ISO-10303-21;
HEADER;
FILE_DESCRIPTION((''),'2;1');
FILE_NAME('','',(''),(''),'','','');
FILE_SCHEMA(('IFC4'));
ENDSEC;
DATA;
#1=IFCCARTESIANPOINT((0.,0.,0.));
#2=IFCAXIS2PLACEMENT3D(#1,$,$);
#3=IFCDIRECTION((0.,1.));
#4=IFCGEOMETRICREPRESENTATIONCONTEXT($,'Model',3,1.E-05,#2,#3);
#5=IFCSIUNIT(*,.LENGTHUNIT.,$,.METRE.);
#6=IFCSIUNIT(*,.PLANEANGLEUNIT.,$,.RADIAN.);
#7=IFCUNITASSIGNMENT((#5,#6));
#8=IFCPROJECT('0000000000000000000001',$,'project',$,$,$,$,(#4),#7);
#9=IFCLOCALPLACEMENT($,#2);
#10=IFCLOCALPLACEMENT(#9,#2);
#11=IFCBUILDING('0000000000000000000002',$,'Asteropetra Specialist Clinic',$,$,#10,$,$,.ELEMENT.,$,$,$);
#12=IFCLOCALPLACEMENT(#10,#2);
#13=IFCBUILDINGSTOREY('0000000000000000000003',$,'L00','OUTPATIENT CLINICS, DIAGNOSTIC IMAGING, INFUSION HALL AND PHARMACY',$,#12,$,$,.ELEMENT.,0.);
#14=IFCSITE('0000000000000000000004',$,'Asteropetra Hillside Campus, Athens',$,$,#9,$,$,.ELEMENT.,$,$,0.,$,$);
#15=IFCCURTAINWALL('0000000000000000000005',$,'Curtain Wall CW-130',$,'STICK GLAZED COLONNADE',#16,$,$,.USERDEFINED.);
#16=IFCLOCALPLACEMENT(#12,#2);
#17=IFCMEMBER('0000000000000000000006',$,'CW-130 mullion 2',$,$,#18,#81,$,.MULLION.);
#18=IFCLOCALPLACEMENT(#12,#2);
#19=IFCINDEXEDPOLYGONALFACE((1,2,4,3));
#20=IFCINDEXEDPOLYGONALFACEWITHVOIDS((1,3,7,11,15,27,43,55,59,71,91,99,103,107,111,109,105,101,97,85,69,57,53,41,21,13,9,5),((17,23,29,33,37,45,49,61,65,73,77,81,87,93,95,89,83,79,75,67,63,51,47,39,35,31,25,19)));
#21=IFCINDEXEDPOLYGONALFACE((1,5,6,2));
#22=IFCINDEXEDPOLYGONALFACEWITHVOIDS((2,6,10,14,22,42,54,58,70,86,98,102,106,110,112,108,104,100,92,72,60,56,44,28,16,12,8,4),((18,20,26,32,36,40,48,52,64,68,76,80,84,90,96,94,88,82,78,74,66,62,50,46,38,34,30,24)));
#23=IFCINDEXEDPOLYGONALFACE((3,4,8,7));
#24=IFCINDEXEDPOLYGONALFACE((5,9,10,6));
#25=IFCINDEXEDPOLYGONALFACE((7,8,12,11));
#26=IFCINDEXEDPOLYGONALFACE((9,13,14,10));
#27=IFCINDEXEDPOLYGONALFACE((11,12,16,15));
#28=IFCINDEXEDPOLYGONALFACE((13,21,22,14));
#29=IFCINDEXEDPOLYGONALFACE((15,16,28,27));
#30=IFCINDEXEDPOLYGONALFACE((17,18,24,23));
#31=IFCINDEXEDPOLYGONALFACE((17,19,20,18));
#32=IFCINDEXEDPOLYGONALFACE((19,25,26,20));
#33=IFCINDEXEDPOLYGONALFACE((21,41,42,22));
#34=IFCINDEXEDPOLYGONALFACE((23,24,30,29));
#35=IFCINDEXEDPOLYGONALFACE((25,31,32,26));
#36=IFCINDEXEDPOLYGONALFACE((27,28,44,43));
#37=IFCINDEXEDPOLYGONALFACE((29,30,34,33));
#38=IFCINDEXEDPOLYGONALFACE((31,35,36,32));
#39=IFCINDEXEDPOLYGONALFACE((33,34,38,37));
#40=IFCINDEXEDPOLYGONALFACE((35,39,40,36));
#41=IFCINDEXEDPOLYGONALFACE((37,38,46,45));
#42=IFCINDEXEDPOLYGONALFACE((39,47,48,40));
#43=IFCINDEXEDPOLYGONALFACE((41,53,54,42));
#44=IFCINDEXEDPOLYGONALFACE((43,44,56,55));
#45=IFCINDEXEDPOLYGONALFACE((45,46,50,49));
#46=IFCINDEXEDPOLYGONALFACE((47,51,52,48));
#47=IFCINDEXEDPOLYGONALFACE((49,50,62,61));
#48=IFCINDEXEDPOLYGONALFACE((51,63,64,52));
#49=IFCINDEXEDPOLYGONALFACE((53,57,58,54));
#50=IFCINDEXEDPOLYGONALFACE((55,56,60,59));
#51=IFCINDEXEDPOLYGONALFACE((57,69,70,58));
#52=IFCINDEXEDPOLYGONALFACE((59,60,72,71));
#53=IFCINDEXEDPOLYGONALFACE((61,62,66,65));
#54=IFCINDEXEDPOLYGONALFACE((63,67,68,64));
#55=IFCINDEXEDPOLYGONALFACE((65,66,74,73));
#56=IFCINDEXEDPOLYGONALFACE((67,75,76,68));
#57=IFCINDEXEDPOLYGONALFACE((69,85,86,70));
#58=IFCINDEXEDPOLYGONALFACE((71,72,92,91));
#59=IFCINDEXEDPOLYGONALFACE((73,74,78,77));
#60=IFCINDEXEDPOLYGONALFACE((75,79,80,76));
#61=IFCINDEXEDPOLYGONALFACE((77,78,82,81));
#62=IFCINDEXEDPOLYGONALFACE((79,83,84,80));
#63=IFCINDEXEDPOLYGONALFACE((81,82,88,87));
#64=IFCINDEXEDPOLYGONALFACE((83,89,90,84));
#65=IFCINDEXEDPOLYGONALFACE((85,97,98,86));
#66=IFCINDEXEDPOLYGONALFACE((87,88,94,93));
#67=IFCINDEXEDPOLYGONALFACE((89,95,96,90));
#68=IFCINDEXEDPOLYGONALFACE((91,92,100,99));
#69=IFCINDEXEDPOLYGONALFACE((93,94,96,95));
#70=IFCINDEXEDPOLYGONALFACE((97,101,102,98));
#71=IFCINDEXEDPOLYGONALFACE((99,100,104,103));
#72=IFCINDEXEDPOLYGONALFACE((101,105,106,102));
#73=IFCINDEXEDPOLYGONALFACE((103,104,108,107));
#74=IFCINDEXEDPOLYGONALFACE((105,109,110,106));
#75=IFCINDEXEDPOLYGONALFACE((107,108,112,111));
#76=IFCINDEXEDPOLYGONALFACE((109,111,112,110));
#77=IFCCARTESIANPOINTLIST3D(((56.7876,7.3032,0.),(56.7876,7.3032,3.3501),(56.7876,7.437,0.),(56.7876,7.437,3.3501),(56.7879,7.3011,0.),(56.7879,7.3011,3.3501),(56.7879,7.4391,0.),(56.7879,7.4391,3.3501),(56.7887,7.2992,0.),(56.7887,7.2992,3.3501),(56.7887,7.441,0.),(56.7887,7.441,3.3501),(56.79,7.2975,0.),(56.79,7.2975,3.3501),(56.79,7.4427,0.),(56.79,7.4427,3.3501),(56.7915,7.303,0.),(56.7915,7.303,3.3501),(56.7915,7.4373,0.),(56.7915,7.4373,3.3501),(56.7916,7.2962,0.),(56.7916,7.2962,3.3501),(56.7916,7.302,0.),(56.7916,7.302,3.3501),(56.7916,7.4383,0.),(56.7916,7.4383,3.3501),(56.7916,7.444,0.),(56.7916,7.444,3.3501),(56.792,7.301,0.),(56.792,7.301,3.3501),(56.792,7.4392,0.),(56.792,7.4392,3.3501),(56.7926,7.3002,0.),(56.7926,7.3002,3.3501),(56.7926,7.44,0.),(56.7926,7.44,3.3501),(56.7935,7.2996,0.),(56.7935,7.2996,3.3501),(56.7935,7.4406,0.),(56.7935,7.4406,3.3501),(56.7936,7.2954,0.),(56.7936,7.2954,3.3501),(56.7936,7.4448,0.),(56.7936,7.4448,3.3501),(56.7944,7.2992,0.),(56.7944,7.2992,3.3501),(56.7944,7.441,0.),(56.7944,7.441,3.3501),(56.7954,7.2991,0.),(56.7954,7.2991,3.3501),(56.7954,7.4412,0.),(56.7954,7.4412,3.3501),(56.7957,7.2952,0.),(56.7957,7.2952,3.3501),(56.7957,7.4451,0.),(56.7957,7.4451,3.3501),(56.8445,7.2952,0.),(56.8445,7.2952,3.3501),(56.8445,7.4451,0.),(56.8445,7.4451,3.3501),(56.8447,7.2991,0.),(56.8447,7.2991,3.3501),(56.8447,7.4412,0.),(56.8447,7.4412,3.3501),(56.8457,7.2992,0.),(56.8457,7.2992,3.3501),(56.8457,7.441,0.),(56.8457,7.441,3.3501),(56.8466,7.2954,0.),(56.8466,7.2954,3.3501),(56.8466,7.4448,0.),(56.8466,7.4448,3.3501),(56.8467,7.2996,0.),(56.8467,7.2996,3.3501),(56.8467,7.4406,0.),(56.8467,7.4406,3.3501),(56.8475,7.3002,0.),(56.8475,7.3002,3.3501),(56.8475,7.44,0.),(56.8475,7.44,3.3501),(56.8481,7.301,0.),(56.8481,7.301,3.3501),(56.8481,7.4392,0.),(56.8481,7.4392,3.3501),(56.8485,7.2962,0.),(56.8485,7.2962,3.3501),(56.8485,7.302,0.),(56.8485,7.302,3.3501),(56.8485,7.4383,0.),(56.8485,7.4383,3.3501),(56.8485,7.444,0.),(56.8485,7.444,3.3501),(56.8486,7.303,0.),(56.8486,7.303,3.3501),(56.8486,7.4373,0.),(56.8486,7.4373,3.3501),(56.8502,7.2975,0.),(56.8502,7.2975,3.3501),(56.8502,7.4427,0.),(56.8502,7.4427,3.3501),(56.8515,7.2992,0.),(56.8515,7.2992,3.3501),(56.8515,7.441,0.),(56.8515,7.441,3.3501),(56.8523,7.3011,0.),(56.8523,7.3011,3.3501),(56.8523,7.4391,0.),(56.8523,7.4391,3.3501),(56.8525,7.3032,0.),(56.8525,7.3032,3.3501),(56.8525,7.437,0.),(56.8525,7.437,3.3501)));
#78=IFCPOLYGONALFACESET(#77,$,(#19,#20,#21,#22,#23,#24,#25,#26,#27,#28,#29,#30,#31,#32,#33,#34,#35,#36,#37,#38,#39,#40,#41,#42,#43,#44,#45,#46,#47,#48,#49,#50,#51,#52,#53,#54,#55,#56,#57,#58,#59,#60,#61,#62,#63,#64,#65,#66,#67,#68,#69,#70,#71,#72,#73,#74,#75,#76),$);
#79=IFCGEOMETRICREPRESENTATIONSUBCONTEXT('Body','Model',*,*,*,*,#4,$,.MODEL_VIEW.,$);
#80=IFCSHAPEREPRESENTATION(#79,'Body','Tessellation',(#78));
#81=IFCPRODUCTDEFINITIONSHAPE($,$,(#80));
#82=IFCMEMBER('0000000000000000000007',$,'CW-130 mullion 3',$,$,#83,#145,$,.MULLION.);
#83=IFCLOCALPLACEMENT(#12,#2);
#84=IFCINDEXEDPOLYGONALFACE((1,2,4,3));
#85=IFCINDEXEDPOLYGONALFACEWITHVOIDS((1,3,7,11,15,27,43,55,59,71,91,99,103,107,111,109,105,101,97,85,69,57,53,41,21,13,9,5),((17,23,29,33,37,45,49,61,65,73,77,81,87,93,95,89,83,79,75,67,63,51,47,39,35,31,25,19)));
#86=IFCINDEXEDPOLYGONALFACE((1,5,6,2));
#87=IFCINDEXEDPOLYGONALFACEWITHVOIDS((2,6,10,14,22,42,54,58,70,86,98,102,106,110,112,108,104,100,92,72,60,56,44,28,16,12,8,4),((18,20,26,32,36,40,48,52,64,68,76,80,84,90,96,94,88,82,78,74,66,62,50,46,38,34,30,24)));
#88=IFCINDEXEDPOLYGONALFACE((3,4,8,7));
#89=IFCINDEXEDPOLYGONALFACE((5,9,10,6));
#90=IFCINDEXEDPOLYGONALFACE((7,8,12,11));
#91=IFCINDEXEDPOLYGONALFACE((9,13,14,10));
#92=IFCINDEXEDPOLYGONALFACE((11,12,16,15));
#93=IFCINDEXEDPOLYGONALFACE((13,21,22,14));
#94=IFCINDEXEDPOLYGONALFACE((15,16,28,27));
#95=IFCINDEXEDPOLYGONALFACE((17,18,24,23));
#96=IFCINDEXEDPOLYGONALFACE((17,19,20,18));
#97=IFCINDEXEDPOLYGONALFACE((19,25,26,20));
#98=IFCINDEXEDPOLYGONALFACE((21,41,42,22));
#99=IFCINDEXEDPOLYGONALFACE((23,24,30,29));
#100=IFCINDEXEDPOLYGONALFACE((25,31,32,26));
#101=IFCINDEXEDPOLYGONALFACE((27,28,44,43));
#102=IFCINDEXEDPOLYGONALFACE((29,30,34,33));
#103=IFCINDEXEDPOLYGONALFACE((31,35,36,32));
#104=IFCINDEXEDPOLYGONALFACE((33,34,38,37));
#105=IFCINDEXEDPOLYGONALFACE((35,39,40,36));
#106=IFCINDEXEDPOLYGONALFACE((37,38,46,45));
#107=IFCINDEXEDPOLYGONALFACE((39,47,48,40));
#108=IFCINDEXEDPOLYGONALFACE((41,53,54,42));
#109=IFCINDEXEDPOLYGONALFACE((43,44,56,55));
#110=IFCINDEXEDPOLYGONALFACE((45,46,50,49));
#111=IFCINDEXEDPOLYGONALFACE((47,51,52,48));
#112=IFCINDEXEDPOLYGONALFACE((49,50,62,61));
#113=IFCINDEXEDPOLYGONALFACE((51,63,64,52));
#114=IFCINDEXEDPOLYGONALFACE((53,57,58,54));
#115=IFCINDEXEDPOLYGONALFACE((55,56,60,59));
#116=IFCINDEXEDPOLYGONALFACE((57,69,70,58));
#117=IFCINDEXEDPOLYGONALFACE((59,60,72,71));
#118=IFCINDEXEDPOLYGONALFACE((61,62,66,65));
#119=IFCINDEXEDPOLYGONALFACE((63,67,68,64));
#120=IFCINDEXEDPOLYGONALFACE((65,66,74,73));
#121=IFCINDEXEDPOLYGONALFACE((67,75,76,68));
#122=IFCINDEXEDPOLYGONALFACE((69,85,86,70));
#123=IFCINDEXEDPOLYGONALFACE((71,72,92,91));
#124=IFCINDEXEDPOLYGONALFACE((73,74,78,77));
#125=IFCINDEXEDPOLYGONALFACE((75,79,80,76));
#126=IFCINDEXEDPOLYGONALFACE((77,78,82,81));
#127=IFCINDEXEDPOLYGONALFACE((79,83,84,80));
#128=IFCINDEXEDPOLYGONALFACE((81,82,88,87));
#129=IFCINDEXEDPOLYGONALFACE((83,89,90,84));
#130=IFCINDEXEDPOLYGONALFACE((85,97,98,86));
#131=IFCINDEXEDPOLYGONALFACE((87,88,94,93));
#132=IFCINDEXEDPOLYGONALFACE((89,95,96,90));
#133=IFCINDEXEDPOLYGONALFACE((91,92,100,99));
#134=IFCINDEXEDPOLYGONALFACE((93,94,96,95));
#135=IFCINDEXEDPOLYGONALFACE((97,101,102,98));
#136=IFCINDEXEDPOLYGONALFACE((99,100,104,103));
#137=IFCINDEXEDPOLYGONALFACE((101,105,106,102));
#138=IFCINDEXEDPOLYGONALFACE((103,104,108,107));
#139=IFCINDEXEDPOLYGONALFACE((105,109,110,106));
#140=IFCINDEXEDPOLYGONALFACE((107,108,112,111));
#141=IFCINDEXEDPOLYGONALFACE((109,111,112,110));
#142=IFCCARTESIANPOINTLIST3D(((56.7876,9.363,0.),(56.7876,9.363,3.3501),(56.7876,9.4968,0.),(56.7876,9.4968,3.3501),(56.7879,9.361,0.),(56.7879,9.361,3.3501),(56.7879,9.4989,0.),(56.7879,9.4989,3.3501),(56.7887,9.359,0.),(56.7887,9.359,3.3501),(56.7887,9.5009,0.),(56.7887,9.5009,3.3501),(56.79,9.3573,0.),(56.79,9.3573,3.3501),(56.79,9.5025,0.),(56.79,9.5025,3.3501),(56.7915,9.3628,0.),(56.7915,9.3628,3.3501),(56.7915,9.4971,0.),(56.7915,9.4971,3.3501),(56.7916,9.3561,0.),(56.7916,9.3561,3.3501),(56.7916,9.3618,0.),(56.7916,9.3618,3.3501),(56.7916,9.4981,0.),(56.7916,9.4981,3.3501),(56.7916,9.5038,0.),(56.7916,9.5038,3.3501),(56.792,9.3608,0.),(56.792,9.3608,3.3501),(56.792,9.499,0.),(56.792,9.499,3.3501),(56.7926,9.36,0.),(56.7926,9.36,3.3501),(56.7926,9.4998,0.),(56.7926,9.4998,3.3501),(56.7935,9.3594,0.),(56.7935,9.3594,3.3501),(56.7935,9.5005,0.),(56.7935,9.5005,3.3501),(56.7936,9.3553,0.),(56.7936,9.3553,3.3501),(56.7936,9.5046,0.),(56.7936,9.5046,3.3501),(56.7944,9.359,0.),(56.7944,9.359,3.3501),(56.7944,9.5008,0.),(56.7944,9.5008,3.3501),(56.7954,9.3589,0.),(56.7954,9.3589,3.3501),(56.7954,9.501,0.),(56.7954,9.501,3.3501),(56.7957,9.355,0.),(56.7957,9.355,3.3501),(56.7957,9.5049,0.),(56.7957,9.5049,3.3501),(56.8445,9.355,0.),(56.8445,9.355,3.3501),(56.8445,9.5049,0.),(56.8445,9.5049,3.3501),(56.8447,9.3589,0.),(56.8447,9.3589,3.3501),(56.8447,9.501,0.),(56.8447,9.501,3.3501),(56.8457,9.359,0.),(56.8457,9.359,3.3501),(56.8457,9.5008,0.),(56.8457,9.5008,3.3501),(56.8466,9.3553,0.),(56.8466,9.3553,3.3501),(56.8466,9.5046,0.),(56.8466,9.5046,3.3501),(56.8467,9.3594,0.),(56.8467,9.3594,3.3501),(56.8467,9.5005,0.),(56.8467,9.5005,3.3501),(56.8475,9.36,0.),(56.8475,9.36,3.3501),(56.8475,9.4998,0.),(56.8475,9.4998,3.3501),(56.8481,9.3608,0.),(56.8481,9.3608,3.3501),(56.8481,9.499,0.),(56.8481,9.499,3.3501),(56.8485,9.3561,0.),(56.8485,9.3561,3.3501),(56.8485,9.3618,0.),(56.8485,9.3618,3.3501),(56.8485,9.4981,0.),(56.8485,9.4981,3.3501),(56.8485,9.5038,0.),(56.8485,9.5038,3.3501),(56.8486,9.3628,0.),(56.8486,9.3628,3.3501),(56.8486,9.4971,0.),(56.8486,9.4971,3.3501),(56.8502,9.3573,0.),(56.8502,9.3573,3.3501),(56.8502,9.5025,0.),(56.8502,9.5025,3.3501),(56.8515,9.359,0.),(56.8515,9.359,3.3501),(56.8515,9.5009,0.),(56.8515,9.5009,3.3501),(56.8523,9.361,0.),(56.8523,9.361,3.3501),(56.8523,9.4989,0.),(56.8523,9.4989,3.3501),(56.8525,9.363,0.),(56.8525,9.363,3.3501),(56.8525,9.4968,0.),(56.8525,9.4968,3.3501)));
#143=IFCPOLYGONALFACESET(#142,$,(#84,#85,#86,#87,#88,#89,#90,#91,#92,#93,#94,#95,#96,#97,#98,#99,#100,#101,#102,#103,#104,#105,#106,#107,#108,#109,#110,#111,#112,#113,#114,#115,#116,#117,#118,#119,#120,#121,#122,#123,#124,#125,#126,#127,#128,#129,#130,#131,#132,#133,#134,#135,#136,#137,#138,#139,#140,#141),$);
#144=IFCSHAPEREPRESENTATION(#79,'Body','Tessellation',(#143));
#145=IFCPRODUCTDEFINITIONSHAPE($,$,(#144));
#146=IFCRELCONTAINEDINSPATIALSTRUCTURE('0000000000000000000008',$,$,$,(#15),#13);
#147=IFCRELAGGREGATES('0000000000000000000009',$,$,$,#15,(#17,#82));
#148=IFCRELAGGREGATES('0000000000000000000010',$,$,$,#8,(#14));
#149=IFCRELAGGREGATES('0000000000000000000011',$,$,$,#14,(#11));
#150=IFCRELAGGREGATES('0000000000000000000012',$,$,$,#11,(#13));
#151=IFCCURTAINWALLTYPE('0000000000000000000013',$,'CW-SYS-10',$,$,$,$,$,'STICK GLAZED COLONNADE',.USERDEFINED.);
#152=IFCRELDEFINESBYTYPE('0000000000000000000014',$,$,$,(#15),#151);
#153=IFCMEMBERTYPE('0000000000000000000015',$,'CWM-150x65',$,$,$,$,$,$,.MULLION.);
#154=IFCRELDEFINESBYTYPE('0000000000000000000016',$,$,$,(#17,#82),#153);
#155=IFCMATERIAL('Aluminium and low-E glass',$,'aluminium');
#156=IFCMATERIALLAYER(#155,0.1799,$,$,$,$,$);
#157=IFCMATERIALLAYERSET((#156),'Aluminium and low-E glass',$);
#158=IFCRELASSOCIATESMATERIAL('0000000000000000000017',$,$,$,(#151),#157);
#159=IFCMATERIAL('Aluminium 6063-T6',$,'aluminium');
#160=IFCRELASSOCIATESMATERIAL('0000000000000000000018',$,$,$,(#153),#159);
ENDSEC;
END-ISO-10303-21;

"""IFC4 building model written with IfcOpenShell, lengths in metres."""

from ifc_helpers import new_model, si_unit, direction, frame, origin, origin_2d, place, context, subcontext, project, spatial, hollow_rectangle, extrude, material, layer, layer_set, material_profile, profile_set, type_object, element, aggregate, save


model = new_model("IFC4")

# Units and contexts
model_context = context("Model", 3, precision=1e-05, world=origin(), true_north=direction((0.0, 1.0)))
body_context = subcontext(model_context, "Body", "Model", "MODEL_VIEW")
ifc_project = project(units=[si_unit("LENGTHUNIT", "METRE"), si_unit("PLANEANGLEUNIT", "RADIAN")], contexts=[model_context])

# Site, building, storey
site_placement = place(None, origin())
site = spatial("IfcSite", under=ifc_project, at=site_placement, Name="Asteropetra Hillside Campus, Athens", CompositionType="ELEMENT", RefElevation=0.0)
building_placement = place(site_placement, origin())
building = spatial("IfcBuilding", under=site, at=building_placement, Name="Asteropetra Specialist Clinic", CompositionType="ELEMENT")
storey_placement = place(building_placement, origin())
storey = spatial("IfcBuildingStorey", under=building, at=storey_placement, Name="L00", Description="OUTPATIENT CLINICS, DIAGNOSTIC IMAGING, INFUSION HALL AND PHARMACY", CompositionType="ELEMENT", Elevation=0.0)

# Curtain wall, members
ifc_material_1 = material(Name="Aluminium and low-E glass", Category="aluminium")
ifc_layer_1 = layer(ifc_material_1, 0.1799)
ifc_layer_set_1 = layer_set([ifc_layer_1], Name="Aluminium and low-E glass")
curtain_wall_type = type_object("IfcCurtainWallType", Name="CW-SYS-10", ElementType="STICK GLAZED COLONNADE", PredefinedType="USERDEFINED", material=ifc_layer_set_1)
curtain_wall_placement = place(storey_placement, origin())
curtain_wall = element("IfcCurtainWall", 1, at=curtain_wall_placement, inside=storey, type_object=curtain_wall_type, Name="Curtain Wall CW-130", ObjectType="STICK GLAZED COLONNADE", PredefinedType="USERDEFINED")
ifc_material_2 = material(Name="Aluminium 6063-T6", Category="aluminium")
ifc_material_profile_1 = material_profile(ifc_material_2, hollow_rectangle(XDim=0.0649, YDim=0.1499, WallThickness=0.0039, InnerFilletRadius=0.0039, OuterFilletRadius=0.0081, at=origin_2d()), Name="MUL 150x65x4.0")
ifc_profile_set_1 = profile_set([ifc_material_profile_1], Name="Aluminium 6063-T6")
member_type_1 = type_object("IfcMemberType", Name="CWM-150x65", PredefinedType="MULLION", material=ifc_profile_set_1)
member_1_placement = place(storey_placement, frame((56.8201, 7.3701, 0.0), z_axis=(0.0, 0.0, 1.0), x_axis=(-1.0, 0.0, 0.0)))
member_1 = element("IfcMember", 2, at=member_1_placement, type_object=member_type_1, Name="CW-130 mullion 2", PredefinedType="MULLION", context=body_context, shape_type="SweptSolid", body=[
    extrude(hollow_rectangle(XDim=0.0649, YDim=0.1499, WallThickness=0.0039, InnerFilletRadius=0.0039, OuterFilletRadius=0.0081, at=origin_2d()), origin(), (0.0, 0.0, 1.0), 3.3501),
])
member_2_placement = place(storey_placement, frame((56.8201, 9.4299, 0.0), z_axis=(0.0, 0.0, 1.0), x_axis=(-1.0, 0.0, 0.0)))
member_2 = element("IfcMember", 3, at=member_2_placement, type_object=member_type_1, Name="CW-130 mullion 3", PredefinedType="MULLION", context=body_context, shape_type="SweptSolid", body=[
    extrude(hollow_rectangle(XDim=0.0649, YDim=0.1499, WallThickness=0.0039, InnerFilletRadius=0.0039, OuterFilletRadius=0.0081, at=origin_2d()), origin(), (0.0, 0.0, 1.0), 3.3501),
])
aggregate(curtain_wall, [member_1, member_2])

save(model, "model.ifc")
